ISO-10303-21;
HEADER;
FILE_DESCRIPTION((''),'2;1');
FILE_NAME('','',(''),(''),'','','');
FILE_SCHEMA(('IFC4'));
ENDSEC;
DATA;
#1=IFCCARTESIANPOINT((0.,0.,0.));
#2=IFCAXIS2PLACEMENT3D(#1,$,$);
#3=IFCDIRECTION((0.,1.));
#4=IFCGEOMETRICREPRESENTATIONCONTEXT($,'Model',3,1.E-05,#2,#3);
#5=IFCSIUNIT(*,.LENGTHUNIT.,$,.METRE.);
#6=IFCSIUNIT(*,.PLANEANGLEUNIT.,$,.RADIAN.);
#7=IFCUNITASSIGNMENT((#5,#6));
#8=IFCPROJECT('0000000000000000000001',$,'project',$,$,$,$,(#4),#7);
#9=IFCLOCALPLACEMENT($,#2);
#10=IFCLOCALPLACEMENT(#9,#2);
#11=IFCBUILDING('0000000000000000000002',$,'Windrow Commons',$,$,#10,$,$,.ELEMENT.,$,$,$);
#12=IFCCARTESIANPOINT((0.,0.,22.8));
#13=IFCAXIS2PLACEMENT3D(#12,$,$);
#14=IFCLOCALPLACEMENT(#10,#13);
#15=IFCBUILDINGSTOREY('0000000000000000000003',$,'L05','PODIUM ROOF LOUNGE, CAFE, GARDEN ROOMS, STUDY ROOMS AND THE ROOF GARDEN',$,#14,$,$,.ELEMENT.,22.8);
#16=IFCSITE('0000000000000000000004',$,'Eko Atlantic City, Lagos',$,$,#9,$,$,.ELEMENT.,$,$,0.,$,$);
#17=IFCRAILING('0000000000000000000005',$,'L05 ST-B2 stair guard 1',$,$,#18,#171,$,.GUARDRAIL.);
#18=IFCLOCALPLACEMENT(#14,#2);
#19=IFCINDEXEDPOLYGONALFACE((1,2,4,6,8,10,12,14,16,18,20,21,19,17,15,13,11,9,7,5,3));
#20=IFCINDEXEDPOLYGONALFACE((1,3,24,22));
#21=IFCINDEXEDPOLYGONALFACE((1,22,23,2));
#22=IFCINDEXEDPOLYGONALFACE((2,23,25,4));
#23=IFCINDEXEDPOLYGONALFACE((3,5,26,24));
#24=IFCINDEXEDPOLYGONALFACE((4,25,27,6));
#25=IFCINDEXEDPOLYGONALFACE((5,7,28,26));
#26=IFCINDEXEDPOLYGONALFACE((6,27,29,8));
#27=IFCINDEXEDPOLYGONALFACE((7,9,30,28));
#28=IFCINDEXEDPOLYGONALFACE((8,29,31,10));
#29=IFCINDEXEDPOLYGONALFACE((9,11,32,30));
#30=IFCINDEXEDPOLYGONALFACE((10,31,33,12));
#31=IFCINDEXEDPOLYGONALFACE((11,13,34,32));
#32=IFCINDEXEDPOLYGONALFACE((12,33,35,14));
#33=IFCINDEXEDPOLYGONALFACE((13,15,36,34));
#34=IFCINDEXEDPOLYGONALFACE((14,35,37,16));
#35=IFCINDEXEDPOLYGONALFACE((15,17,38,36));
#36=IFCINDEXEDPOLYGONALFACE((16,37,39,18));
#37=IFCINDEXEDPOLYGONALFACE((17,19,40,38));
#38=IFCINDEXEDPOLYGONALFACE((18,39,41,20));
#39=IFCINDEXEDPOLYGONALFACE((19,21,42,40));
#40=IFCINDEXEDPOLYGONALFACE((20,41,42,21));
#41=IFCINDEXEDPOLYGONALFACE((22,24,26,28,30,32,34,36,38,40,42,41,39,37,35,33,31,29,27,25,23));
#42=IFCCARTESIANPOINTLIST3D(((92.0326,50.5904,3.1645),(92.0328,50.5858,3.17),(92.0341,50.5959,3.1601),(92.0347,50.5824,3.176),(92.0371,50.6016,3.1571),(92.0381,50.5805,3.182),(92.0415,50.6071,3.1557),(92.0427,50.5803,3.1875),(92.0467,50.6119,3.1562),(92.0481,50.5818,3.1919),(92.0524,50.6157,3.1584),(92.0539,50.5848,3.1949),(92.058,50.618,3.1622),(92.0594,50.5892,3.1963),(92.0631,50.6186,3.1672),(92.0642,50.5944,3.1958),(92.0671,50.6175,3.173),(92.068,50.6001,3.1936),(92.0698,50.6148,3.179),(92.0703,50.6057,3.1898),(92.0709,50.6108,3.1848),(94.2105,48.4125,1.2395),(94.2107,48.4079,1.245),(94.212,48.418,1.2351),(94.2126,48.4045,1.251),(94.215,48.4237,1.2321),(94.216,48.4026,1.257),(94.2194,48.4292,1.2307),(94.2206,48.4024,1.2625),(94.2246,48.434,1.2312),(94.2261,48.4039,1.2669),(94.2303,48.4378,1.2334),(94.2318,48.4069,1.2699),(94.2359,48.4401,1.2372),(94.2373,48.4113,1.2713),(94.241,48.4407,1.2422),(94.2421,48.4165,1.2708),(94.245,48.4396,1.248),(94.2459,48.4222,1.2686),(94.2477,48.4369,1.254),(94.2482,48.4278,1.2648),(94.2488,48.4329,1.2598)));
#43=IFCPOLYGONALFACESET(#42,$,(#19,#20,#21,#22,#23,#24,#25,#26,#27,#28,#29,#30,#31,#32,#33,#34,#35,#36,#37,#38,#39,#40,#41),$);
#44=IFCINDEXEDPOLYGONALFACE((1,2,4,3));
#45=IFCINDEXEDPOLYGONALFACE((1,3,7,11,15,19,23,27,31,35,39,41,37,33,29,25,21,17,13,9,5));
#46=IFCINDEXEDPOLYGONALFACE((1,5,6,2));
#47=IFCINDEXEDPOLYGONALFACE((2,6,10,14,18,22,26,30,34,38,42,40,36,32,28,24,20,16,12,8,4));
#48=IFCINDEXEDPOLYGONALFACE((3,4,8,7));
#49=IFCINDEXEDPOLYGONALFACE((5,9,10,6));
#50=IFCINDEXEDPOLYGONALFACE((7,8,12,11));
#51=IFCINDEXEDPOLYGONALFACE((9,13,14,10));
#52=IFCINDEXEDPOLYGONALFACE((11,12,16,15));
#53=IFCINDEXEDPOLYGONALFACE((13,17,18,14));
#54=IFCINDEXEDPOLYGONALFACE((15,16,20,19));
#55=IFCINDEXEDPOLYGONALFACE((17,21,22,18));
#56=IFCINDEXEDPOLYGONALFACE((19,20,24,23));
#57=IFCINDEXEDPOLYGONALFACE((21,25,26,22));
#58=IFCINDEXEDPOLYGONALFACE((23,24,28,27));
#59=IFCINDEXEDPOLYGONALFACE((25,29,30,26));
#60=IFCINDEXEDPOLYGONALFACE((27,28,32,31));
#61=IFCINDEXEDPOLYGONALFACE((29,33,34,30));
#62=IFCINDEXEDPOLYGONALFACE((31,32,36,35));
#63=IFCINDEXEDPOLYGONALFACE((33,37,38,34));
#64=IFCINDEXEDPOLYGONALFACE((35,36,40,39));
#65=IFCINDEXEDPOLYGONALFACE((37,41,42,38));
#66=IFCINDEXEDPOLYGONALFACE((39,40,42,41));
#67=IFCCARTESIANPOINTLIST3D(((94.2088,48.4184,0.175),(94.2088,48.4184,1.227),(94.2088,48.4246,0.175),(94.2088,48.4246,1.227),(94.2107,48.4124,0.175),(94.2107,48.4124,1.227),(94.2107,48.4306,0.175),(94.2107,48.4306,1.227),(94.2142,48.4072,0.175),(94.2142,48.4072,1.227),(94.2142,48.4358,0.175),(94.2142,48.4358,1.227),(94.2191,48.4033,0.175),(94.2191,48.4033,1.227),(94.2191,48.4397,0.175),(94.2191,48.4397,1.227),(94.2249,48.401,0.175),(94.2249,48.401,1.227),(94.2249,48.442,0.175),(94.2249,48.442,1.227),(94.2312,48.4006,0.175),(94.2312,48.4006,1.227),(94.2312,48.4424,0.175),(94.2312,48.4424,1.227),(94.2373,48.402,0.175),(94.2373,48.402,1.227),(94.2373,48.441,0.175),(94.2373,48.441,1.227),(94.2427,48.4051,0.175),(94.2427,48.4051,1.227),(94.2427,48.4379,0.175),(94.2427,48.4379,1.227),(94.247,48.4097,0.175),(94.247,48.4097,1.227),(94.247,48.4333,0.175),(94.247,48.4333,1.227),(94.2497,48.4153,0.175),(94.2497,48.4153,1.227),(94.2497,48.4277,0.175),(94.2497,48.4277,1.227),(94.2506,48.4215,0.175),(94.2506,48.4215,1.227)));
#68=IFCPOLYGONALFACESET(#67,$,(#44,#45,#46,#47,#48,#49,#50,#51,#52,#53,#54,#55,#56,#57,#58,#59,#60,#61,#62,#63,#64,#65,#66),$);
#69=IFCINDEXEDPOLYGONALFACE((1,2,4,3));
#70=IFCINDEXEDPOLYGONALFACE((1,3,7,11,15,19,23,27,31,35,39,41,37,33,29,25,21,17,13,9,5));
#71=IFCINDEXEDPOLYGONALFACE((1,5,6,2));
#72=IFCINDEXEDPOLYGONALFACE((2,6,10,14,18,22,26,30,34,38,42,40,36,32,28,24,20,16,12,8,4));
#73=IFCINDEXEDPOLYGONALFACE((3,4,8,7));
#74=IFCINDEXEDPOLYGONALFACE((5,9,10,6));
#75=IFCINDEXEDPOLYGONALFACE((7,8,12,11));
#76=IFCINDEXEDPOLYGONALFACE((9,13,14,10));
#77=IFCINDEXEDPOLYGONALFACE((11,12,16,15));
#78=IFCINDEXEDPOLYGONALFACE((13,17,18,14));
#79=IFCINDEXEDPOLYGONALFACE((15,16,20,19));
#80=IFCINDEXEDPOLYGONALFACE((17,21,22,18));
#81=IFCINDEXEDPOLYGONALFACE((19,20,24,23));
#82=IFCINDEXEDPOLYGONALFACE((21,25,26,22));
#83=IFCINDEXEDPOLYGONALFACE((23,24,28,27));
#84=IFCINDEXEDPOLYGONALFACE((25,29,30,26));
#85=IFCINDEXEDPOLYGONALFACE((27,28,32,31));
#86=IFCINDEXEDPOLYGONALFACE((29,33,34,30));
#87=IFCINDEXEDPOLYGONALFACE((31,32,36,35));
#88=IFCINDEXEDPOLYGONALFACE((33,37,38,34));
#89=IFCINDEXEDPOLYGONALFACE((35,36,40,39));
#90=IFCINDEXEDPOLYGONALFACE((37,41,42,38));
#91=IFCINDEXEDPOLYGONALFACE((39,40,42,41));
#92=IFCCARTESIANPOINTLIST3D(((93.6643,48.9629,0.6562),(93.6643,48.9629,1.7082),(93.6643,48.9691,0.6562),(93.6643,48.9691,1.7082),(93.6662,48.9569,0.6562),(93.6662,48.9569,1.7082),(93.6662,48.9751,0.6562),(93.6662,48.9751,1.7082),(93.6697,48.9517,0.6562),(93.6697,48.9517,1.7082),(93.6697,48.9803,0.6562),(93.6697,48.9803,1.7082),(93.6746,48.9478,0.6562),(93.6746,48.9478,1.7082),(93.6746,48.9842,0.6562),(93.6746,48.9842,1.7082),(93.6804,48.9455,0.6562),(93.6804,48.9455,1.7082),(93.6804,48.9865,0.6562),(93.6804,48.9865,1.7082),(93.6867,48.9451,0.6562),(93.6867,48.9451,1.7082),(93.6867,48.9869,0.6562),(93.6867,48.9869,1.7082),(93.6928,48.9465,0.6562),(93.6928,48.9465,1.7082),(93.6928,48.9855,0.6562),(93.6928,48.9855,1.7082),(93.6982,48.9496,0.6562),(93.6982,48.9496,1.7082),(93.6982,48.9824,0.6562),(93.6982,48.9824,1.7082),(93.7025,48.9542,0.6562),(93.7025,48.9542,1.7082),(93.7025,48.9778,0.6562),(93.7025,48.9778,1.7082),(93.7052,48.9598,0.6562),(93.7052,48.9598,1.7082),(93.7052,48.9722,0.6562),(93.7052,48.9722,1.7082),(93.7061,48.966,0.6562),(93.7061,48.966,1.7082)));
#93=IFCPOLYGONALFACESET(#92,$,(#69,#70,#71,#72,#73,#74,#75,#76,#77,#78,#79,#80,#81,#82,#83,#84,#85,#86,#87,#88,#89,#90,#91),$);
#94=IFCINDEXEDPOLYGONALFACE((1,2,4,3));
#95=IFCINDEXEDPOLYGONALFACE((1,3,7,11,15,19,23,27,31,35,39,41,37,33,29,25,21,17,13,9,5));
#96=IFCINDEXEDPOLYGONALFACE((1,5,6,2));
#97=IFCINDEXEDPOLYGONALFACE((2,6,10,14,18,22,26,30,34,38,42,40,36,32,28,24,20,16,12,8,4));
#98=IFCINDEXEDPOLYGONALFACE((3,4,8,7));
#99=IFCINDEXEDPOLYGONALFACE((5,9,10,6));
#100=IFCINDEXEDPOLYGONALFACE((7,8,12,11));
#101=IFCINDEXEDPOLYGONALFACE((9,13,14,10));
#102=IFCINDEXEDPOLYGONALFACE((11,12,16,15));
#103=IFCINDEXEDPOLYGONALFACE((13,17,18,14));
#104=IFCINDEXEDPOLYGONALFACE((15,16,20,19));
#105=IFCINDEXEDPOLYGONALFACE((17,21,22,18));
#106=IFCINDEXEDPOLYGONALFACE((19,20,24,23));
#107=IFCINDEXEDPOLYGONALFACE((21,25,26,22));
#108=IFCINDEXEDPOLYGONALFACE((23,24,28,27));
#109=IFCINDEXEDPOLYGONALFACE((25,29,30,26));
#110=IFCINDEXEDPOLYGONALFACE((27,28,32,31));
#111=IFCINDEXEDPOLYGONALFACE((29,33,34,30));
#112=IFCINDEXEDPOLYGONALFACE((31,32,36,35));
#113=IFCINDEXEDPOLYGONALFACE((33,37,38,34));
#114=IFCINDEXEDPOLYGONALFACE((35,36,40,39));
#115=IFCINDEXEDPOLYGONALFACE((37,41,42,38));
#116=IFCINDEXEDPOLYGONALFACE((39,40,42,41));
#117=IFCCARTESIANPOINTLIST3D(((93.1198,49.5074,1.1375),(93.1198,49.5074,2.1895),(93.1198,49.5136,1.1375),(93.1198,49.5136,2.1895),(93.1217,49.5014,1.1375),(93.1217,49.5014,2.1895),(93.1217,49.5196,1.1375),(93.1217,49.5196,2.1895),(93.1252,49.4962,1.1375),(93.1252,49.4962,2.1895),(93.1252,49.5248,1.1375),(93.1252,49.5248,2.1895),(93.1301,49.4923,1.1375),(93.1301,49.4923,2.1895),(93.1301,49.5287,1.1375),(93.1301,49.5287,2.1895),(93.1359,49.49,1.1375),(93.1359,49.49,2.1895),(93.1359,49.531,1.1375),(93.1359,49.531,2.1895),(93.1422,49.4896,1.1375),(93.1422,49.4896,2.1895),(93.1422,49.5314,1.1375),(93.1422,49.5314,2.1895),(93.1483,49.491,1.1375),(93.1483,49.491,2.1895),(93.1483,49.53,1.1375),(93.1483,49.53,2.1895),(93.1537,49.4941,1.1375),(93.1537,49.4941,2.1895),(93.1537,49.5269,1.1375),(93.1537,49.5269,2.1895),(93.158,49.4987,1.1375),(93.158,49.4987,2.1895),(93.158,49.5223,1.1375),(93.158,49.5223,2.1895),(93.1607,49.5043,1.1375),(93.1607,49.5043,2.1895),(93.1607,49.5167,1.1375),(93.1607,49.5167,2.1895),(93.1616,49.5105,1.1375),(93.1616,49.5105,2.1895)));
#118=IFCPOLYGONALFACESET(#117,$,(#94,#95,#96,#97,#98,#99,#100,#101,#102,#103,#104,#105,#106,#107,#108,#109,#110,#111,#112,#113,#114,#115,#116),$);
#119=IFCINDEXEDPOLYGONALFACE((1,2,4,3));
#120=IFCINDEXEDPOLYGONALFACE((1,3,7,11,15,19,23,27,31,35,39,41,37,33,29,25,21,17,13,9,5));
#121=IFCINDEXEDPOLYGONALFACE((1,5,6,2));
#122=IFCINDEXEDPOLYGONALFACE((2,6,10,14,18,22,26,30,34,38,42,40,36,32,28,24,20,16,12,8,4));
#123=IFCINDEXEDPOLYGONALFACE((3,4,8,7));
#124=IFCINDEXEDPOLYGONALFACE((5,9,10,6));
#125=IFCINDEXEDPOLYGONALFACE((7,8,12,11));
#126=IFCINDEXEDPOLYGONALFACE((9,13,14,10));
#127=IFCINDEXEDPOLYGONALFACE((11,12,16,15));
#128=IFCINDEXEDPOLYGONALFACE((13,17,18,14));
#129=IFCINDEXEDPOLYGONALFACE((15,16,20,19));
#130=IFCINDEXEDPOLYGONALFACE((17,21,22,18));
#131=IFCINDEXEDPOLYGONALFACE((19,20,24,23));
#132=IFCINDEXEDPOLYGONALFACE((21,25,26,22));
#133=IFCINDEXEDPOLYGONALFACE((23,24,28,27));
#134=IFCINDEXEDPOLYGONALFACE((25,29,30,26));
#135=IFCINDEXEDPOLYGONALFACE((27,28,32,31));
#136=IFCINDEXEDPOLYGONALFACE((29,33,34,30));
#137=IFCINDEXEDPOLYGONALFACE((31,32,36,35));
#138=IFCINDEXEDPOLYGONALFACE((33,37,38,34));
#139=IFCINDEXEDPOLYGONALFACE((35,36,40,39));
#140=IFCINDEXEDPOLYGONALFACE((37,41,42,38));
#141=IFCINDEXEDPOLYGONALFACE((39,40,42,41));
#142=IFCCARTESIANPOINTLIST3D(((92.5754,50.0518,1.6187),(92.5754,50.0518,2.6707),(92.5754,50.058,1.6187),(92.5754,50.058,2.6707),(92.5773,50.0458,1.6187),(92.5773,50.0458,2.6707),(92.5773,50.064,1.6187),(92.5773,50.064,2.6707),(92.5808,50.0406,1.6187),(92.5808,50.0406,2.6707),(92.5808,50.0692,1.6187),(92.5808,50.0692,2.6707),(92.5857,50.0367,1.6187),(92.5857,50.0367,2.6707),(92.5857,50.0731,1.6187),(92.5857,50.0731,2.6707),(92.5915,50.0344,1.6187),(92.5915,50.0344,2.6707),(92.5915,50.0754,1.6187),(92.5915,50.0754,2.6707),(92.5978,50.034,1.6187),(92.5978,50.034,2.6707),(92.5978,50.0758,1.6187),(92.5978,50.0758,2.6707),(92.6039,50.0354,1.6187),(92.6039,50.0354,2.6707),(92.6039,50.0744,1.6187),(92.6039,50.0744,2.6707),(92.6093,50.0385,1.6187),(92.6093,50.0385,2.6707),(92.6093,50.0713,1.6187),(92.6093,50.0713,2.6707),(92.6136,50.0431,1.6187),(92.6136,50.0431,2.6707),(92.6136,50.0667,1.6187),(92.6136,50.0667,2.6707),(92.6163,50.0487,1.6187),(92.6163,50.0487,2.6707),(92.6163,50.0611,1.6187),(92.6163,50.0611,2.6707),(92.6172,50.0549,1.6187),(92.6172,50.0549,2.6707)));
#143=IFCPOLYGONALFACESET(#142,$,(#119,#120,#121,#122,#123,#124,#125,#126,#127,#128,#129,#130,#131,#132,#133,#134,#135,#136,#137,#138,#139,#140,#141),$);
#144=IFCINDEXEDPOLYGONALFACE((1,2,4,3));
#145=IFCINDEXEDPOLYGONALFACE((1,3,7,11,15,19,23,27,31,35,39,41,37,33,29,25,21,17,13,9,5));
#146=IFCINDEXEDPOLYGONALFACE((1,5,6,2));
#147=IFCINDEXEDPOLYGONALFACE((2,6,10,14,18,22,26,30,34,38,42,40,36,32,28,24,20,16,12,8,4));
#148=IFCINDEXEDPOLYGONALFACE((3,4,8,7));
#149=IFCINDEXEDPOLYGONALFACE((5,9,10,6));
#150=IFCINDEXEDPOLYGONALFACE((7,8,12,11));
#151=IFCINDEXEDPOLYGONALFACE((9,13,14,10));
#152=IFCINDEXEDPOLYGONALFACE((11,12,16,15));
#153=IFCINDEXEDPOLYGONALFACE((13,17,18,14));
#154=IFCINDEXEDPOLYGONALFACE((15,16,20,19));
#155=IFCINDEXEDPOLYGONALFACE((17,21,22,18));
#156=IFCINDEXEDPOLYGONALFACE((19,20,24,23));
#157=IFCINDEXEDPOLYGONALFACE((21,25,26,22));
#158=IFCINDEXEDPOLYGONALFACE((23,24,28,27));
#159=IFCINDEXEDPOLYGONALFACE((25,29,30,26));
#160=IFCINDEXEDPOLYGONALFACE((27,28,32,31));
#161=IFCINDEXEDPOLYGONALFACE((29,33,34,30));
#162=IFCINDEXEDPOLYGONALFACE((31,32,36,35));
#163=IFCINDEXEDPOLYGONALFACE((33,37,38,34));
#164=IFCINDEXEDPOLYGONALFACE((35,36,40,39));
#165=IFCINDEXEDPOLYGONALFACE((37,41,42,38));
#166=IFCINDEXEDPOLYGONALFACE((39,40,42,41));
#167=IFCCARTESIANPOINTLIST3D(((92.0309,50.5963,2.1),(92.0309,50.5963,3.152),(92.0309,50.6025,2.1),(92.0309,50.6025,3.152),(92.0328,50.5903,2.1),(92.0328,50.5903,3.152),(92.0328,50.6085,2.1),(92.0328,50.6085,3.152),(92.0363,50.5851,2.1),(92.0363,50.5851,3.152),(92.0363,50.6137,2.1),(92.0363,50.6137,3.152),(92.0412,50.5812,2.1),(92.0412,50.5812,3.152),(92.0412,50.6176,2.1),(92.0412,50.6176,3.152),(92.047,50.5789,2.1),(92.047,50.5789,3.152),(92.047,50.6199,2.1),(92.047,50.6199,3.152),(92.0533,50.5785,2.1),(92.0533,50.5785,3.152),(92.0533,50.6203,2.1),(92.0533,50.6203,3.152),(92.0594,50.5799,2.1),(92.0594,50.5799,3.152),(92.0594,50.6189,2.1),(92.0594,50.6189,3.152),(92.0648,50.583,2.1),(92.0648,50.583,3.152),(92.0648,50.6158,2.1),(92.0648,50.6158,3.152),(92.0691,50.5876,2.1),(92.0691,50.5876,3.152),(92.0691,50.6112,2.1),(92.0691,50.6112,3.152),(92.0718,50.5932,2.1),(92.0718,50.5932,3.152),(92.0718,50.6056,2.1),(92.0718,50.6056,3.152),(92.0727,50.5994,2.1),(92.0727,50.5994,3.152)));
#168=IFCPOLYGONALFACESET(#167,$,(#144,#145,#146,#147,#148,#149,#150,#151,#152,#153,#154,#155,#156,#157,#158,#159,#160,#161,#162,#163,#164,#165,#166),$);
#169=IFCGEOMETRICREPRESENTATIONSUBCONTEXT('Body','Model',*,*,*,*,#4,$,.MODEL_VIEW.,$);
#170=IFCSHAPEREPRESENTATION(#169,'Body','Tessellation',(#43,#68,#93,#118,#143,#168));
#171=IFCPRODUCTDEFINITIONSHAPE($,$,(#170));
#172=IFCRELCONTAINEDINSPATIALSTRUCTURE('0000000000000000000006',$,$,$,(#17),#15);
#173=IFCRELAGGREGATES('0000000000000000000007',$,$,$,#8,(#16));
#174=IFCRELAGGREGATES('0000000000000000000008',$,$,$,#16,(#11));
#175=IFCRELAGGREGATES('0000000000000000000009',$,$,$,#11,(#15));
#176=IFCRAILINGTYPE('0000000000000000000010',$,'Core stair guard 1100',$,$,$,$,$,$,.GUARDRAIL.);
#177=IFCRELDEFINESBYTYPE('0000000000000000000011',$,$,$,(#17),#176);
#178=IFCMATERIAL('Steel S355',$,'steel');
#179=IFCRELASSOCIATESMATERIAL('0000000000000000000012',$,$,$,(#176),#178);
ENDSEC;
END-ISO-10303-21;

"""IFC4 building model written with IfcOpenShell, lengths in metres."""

from ifc_helpers import new_model, si_unit, direction, frame, origin, origin_2d, place, context, subcontext, project, spatial, circle, extrude, material, type_object, element, save


model = new_model("IFC4")

# Units and contexts
model_context = context("Model", 3, precision=1e-05, world=origin(), true_north=direction((0.0, 1.0)))
body_context = subcontext(model_context, "Body", "Model", "MODEL_VIEW")
ifc_project = project(units=[si_unit("LENGTHUNIT", "METRE"), si_unit("PLANEANGLEUNIT", "RADIAN")], contexts=[model_context])

# Site, building, storey
site_placement = place(None, origin())
site = spatial("IfcSite", under=ifc_project, at=site_placement, Name="Eko Atlantic City, Lagos", CompositionType="ELEMENT", RefElevation=0.0)
building_placement = place(site_placement, origin())
building = spatial("IfcBuilding", under=site, at=building_placement, Name="Windrow Commons", CompositionType="ELEMENT")
storey_placement = place(building_placement, frame((0.0, 0.0, 22.8)))
storey = spatial("IfcBuildingStorey", under=building, at=storey_placement, Name="L05", Description="PODIUM ROOF LOUNGE, CAFE, GARDEN ROOMS, STUDY ROOMS AND THE ROOF GARDEN", CompositionType="ELEMENT", Elevation=22.8)

# Railing
ifc_material_1 = material(Name="Steel S355", Category="steel")
railing_type = type_object("IfcRailingType", Name="Core stair guard 1100", PredefinedType="GUARDRAIL", material=ifc_material_1)
railing_placement = place(storey_placement, frame((94.2296, 48.4215, 0.175)))
element("IfcRailing", 1, at=railing_placement, inside=storey, type_object=railing_type, Name="L05 ST-B2 stair guard 1", PredefinedType="GUARDRAIL", context=body_context, shape_type="SweptSolid", body=[
    extrude(circle(Radius=0.024, at=origin_2d()), frame((0.0, 0.0, 1.076), z_axis=(-0.599626, 0.599626, 0.529997), x_axis=(-0.707107, -0.707107, 0.0)), (0.0, 0.0, 1.0), 3.6321),
    extrude(circle(Radius=0.021, at=origin_2d()), origin(), (0.0, 0.0, 1.0), 1.052),
    extrude(circle(Radius=0.021, at=origin_2d()), frame((-0.5445, 0.5445, 0.4812)), (0.0, 0.0, 1.0), 1.052),
    extrude(circle(Radius=0.021, at=origin_2d()), frame((-1.089, 1.089, 0.9625)), (0.0, 0.0, 1.0), 1.052),
    extrude(circle(Radius=0.021, at=origin_2d()), frame((-1.6334, 1.6334, 1.4437)), (0.0, 0.0, 1.0), 1.052),
    extrude(circle(Radius=0.021, at=origin_2d()), frame((-2.1779, 2.1779, 1.925)), (0.0, 0.0, 1.0), 1.052),
])

save(model, "model.ifc")
